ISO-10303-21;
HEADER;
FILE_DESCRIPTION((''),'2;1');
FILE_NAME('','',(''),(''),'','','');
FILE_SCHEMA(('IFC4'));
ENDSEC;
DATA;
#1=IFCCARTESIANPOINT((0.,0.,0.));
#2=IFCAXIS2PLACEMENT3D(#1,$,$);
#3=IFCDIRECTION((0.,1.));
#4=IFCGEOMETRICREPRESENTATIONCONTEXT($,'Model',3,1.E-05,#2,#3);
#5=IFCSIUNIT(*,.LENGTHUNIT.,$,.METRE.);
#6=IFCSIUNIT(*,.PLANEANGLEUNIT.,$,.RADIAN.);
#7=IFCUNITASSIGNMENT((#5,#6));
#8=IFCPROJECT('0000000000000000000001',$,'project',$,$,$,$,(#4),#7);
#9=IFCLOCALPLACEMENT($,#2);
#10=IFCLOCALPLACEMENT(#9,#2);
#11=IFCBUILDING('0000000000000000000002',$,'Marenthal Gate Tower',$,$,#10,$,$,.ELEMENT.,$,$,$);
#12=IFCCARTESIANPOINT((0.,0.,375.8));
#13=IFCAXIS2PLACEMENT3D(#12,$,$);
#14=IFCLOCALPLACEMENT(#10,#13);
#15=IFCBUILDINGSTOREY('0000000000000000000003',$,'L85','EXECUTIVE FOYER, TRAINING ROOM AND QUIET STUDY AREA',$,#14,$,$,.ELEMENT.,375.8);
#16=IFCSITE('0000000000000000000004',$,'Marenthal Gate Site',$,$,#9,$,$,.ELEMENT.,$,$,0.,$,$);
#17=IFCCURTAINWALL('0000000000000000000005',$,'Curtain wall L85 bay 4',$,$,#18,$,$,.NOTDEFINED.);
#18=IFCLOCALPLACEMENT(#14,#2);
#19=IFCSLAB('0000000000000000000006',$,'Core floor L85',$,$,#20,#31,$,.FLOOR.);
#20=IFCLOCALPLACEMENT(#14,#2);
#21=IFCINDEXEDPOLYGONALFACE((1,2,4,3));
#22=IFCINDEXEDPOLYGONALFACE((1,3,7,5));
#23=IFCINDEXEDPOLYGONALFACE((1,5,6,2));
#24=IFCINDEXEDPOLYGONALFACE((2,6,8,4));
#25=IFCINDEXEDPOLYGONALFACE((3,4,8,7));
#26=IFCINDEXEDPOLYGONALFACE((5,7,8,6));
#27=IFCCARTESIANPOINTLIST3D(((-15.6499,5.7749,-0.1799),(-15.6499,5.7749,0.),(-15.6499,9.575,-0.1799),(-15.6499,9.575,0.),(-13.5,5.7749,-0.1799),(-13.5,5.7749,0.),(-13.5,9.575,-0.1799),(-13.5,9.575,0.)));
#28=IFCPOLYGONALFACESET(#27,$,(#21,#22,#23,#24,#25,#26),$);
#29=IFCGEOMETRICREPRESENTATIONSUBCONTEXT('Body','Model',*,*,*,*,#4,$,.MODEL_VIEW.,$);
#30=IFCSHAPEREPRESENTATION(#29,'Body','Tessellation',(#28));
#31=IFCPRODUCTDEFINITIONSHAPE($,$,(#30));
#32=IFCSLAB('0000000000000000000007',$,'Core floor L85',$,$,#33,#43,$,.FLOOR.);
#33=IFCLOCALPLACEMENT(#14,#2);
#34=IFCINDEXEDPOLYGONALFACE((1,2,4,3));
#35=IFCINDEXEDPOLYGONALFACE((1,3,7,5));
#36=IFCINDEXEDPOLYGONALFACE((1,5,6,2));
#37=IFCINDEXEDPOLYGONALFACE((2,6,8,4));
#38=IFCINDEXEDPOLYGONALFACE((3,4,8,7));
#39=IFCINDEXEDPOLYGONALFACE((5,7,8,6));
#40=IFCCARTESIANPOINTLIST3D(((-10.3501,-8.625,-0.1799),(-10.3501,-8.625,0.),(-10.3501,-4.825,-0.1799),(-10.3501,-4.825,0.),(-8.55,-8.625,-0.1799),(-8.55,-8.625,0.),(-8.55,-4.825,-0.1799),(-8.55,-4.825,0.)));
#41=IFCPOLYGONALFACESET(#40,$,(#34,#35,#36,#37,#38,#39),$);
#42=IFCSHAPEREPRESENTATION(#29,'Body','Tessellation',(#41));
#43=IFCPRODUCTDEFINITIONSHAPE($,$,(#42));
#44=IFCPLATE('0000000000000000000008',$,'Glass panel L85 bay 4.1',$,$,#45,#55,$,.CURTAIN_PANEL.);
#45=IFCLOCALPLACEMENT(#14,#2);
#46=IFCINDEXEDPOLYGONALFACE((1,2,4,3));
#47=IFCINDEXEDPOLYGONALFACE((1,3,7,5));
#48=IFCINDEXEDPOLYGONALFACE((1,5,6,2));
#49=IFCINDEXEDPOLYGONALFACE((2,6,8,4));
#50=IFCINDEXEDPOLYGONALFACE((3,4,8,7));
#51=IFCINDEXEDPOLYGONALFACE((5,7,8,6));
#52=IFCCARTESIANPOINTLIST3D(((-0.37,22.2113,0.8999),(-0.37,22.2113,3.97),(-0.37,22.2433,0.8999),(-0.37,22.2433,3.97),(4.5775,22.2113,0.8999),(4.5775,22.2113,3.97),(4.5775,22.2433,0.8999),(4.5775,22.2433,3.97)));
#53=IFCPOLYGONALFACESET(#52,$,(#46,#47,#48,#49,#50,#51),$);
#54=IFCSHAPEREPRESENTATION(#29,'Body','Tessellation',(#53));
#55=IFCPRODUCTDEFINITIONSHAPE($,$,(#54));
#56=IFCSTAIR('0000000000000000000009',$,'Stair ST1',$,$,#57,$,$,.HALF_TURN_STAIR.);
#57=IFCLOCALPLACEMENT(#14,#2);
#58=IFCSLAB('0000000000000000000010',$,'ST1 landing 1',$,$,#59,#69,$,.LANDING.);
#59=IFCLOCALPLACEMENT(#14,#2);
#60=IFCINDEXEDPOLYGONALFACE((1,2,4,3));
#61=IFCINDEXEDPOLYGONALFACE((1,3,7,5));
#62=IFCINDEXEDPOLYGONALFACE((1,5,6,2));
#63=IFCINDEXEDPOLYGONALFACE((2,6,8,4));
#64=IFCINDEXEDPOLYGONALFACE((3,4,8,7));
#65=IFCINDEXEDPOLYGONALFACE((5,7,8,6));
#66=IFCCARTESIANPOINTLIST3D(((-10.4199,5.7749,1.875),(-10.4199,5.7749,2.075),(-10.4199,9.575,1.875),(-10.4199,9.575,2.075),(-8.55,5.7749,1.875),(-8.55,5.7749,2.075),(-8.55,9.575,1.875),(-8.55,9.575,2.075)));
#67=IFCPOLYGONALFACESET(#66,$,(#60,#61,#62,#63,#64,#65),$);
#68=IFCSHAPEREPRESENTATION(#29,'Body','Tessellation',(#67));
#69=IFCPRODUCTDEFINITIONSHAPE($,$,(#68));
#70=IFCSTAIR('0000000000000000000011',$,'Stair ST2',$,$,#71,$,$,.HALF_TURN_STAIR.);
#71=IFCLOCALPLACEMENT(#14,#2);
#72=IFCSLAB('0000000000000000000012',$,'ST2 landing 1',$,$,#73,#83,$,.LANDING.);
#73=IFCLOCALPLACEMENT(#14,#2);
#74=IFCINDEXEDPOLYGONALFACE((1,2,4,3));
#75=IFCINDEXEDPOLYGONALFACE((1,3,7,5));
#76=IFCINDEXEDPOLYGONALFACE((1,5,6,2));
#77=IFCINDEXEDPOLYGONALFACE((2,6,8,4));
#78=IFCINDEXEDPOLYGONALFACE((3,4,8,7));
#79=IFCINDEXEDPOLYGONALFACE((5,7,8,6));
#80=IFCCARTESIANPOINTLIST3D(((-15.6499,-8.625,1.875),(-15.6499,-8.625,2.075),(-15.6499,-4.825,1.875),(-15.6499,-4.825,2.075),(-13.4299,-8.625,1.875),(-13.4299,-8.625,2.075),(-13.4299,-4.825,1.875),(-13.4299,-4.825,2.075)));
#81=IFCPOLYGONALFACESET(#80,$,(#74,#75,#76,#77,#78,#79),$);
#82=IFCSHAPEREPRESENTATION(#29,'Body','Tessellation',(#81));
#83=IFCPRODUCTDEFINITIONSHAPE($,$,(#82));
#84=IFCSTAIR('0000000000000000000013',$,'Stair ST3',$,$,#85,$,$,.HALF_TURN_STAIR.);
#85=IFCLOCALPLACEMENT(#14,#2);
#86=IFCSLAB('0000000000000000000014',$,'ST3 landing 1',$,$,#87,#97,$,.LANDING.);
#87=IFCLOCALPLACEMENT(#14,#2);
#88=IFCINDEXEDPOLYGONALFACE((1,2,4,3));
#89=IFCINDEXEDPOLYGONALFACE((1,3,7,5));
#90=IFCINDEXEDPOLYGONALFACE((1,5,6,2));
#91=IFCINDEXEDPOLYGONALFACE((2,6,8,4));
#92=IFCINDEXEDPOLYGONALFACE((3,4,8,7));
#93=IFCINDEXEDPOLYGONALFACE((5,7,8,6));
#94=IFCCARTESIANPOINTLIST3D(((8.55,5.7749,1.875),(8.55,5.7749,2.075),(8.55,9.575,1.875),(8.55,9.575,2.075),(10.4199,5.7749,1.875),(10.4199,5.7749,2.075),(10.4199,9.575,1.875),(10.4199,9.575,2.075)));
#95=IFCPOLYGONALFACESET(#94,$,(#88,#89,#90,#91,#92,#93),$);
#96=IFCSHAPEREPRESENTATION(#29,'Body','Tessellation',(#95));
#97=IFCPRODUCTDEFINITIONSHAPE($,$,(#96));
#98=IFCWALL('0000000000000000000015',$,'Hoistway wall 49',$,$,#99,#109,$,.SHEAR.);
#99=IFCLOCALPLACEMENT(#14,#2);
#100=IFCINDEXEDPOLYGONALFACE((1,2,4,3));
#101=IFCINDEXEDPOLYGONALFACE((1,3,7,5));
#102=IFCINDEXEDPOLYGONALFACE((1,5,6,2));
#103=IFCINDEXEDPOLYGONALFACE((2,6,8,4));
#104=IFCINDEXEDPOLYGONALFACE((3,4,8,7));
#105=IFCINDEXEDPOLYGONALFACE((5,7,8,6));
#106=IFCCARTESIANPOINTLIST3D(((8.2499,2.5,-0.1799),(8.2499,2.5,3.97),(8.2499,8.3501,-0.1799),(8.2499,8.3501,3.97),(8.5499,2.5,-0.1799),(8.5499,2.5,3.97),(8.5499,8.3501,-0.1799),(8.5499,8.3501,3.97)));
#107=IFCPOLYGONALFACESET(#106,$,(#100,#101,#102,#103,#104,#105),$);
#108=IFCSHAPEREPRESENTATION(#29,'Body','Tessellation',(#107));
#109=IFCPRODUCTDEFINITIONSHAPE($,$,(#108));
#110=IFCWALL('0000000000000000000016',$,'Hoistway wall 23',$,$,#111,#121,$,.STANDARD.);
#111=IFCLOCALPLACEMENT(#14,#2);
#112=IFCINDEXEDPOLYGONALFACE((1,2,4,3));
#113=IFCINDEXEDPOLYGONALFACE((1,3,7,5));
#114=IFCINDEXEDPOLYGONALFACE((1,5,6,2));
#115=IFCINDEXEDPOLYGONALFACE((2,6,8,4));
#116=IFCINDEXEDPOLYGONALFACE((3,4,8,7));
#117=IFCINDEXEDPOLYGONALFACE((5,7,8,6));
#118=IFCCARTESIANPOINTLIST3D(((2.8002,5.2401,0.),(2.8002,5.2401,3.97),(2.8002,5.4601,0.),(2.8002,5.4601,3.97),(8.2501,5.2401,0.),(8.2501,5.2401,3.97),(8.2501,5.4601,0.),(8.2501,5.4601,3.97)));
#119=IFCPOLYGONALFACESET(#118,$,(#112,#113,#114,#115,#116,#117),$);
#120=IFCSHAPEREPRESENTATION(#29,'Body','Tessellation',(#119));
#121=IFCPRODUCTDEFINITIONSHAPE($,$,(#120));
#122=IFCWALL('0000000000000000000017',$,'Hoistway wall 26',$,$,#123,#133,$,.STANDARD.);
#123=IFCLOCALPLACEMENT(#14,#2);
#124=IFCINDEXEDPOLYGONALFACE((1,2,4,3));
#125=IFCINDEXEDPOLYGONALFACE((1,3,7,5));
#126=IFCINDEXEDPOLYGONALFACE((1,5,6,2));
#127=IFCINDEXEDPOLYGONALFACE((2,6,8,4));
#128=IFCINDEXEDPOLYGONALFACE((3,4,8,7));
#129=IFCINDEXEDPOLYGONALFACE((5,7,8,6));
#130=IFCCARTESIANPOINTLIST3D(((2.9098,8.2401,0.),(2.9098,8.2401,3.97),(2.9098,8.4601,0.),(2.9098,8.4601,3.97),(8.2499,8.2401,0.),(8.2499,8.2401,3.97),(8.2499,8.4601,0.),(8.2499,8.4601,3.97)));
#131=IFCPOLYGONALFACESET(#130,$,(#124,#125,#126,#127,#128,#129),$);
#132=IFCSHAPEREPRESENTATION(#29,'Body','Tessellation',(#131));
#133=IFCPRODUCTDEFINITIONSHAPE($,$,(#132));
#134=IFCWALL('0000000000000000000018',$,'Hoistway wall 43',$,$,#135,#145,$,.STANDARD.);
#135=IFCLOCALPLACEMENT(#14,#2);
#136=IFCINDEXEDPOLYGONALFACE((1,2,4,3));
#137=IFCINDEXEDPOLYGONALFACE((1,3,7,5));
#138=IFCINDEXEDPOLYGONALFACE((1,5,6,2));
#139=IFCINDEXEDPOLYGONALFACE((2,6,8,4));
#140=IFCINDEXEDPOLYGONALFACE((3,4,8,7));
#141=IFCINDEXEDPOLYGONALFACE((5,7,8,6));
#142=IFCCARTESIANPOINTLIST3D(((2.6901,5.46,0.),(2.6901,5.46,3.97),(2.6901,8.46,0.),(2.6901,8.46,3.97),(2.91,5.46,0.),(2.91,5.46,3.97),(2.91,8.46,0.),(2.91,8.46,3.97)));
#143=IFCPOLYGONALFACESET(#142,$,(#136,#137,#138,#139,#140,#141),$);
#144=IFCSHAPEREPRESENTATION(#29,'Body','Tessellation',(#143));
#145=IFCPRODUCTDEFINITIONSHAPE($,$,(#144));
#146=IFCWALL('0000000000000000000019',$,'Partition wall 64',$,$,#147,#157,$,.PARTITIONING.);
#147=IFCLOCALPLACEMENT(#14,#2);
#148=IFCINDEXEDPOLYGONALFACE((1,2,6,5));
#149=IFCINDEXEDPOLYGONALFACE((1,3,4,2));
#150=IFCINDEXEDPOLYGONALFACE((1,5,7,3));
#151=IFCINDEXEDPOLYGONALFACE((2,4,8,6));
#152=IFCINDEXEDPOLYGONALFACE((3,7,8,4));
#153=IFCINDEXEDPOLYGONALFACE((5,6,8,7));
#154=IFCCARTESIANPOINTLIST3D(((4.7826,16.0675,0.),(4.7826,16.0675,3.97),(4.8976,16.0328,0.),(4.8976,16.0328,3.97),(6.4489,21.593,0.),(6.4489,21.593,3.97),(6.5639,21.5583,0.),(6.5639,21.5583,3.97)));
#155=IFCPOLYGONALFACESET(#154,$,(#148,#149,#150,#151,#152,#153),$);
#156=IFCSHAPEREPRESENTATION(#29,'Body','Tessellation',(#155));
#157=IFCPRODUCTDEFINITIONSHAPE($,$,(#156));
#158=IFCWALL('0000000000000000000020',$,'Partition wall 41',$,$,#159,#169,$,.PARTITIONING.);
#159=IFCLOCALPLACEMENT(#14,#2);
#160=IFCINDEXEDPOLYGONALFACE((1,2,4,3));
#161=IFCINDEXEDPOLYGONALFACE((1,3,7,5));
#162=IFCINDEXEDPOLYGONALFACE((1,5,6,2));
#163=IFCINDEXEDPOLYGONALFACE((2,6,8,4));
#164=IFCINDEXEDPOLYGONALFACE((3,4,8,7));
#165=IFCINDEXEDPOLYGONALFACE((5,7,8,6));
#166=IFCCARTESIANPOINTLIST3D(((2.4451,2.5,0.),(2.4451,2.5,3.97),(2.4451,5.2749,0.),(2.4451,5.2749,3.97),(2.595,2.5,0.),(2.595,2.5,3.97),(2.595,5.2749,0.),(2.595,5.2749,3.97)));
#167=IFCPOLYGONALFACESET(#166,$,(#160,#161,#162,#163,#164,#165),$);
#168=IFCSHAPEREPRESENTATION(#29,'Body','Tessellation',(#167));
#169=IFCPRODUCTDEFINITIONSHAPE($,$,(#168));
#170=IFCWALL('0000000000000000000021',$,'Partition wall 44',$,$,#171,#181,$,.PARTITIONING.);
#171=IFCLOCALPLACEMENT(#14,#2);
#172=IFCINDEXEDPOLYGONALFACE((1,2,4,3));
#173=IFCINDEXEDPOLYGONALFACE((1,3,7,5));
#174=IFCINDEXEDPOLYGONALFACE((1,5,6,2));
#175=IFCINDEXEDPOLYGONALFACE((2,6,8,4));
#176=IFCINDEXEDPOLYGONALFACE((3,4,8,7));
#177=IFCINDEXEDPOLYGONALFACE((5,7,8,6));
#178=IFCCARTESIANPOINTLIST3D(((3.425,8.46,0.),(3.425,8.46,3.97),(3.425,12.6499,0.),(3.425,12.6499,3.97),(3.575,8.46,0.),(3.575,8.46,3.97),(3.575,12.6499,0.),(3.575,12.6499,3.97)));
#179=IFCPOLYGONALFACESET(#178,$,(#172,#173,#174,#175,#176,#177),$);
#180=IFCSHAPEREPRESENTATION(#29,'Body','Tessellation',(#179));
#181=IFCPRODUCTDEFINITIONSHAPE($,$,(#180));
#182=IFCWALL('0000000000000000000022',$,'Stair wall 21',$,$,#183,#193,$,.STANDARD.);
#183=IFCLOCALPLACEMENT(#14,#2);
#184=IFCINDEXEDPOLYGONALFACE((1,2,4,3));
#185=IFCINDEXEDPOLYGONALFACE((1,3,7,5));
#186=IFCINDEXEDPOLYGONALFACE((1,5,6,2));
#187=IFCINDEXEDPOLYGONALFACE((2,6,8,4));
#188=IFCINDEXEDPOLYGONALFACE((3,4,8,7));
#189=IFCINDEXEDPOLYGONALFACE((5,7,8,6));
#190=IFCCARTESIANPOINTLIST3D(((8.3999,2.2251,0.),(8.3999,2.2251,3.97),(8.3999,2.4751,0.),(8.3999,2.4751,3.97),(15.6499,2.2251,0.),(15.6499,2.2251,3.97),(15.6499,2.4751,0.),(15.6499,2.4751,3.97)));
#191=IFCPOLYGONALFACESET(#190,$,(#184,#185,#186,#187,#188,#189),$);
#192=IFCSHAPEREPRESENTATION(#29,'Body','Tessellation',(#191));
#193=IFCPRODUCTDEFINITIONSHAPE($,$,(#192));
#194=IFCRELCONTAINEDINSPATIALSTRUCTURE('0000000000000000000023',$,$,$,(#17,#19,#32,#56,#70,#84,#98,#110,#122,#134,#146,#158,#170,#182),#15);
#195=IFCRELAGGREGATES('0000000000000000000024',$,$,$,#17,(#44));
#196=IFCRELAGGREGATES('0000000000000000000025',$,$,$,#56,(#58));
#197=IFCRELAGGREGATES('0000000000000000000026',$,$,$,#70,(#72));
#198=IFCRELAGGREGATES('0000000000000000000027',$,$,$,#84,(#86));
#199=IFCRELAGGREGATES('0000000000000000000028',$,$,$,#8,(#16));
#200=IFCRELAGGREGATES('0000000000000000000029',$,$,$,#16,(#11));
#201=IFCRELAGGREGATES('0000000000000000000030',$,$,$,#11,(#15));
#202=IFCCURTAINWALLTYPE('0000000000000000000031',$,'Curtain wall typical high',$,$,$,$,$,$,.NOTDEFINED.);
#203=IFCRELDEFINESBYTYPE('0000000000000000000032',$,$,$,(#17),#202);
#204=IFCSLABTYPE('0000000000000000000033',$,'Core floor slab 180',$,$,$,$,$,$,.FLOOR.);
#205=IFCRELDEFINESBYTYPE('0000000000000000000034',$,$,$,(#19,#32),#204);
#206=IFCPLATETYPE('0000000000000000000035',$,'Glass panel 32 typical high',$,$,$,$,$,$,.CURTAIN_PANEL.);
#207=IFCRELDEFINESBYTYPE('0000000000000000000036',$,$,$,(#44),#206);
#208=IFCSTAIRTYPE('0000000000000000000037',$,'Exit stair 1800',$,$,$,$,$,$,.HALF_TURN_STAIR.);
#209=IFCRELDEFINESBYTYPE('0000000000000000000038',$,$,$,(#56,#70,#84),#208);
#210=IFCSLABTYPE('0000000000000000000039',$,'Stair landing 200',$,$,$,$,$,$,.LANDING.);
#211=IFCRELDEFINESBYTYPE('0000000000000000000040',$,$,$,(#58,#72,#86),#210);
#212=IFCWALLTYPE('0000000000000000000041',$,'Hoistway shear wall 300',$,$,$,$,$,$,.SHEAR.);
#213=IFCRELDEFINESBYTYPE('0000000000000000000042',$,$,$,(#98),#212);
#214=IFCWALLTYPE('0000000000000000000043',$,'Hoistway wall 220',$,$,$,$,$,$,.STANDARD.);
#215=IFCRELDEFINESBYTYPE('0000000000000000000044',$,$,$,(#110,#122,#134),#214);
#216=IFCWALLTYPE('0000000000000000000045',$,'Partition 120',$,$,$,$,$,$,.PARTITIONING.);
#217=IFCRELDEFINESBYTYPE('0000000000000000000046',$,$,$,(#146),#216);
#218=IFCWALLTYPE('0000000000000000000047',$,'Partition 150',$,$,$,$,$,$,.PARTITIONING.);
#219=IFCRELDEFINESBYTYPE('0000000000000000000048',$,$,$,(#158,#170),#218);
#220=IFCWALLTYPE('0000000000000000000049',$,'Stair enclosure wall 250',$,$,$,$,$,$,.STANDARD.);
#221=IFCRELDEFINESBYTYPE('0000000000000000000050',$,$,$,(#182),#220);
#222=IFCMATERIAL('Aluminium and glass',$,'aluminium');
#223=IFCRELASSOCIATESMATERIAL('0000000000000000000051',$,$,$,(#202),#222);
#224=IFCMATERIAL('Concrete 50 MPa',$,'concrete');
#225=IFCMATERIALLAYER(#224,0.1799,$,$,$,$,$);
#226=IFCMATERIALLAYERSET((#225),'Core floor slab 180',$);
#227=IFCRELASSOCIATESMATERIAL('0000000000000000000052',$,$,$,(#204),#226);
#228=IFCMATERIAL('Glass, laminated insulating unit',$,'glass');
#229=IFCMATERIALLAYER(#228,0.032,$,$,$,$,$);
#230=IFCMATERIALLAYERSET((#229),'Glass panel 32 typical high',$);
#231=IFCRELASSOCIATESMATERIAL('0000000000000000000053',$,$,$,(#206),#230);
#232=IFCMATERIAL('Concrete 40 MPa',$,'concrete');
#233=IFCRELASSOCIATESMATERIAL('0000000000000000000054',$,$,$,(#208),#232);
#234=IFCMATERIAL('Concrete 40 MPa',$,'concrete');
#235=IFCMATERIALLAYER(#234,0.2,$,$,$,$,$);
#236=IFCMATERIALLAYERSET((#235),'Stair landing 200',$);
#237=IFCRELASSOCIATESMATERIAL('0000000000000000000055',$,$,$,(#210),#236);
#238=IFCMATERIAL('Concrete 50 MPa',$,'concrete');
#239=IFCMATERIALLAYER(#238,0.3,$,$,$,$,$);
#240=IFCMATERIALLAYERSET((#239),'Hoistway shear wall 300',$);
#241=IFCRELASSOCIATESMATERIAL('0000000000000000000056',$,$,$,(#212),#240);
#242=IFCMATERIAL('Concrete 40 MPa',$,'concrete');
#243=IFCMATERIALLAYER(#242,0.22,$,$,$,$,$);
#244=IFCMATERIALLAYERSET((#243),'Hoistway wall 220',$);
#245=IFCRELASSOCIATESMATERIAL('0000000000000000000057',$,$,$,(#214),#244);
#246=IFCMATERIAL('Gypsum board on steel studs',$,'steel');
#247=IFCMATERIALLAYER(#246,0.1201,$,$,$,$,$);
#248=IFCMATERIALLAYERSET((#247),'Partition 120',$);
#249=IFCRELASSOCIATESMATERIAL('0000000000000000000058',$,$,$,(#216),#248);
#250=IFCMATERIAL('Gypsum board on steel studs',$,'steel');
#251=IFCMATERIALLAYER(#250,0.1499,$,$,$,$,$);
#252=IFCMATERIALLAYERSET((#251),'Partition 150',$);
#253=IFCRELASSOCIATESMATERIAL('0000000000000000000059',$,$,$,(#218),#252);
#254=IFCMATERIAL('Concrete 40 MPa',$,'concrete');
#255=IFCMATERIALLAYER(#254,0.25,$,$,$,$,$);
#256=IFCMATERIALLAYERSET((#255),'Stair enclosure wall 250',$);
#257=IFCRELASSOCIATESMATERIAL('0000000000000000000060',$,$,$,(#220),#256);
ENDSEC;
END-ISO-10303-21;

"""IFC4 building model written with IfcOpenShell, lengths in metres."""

from ifc_helpers import new_model, si_unit, direction, frame, frame_2d, origin, origin_2d, place, context, subcontext, project, spatial, polyline, rectangle, outline, extrude, material, layer, layer_set, type_object, element, aggregate, save


model = new_model("IFC4")

# Units and contexts
model_context = context("Model", 3, precision=1e-05, world=origin(), true_north=direction((0.0, 1.0)))
body_context = subcontext(model_context, "Body", "Model", "MODEL_VIEW")
ifc_project = project(units=[si_unit("LENGTHUNIT", "METRE"), si_unit("PLANEANGLEUNIT", "RADIAN")], contexts=[model_context])

# Site, building, storey
site_placement = place(None, origin())
site = spatial("IfcSite", under=ifc_project, at=site_placement, Name="Marenthal Gate Site", CompositionType="ELEMENT", RefElevation=0.0)
building_placement = place(site_placement, origin())
building = spatial("IfcBuilding", under=site, at=building_placement, Name="Marenthal Gate Tower", CompositionType="ELEMENT")
storey_placement = place(building_placement, frame((0.0, 0.0, 375.8)))
storey = spatial("IfcBuildingStorey", under=building, at=storey_placement, Name="L85", Description="EXECUTIVE FOYER, TRAINING ROOM AND QUIET STUDY AREA", CompositionType="ELEMENT", Elevation=375.8)

# Curtain wall
ifc_material_1 = material(Name="Aluminium and glass", Category="aluminium")
curtain_wall_type = type_object("IfcCurtainWallType", Name="Curtain wall typical high", PredefinedType="NOTDEFINED", material=ifc_material_1)
curtain_wall_placement = place(storey_placement, origin())
curtain_wall = element("IfcCurtainWall", 1, at=curtain_wall_placement, inside=storey, type_object=curtain_wall_type, Name="Curtain wall L85 bay 4", PredefinedType="NOTDEFINED")

# Slabs
ifc_material_2 = material(Name="Concrete 50 MPa", Category="concrete")
ifc_layer_1 = layer(ifc_material_2, 0.1799)
ifc_layer_set_1 = layer_set([ifc_layer_1], Name="Core floor slab 180")
slab_type_1 = type_object("IfcSlabType", Name="Core floor slab 180", PredefinedType="FLOOR", material=ifc_layer_set_1)
slab_1_placement = place(storey_placement, frame((0.0, 0.0, -0.1799)))
element("IfcSlab", 2, at=slab_1_placement, inside=storey, type_object=slab_type_1, Name="Core floor L85", PredefinedType="FLOOR", context=body_context, shape_type="SweptSolid", body=[
    extrude(outline(polyline([(-15.6499, 9.575), (-13.5, 9.575), (-13.5, 5.7749), (-15.6499, 5.7749), (-15.6499, 9.575)])), origin(), (0.0, 0.0, 1.0), 0.1799),
])
slab_2_placement = place(storey_placement, frame((0.0, 0.0, -0.1799)))
element("IfcSlab", 3, at=slab_2_placement, inside=storey, type_object=slab_type_1, Name="Core floor L85", PredefinedType="FLOOR", context=body_context, shape_type="SweptSolid", body=[
    extrude(outline(polyline([(-8.55, -4.825), (-8.55, -8.625), (-10.3501, -8.625), (-10.3501, -4.825), (-8.55, -4.825)])), origin(), (0.0, 0.0, 1.0), 0.1799),
])

# Plate
ifc_material_3 = material(Name="Glass, laminated insulating unit", Category="glass")
ifc_layer_2 = layer(ifc_material_3, 0.032)
ifc_layer_set_2 = layer_set([ifc_layer_2], Name="Glass panel 32 typical high")
plate_type = type_object("IfcPlateType", Name="Glass panel 32 typical high", PredefinedType="CURTAIN_PANEL", material=ifc_layer_set_2)
plate_placement = place(storey_placement, frame((2.1038, 22.2273, 0.8999), z_axis=(0.0, 0.0, 1.0), x_axis=(-1.0, 0.0, 0.0)))
plate = element("IfcPlate", 4, at=plate_placement, type_object=plate_type, Name="Glass panel L85 bay 4.1", PredefinedType="CURTAIN_PANEL", context=body_context, shape_type="SweptSolid", body=[
    extrude(rectangle(XDim=4.9475, YDim=0.032, at=origin_2d()), origin(), (0.0, 0.0, 1.0), 3.0701),
])
aggregate(curtain_wall, [plate])

# Stairs, slabs
ifc_material_4 = material(Name="Concrete 40 MPa", Category="concrete")
stair_type = type_object("IfcStairType", Name="Exit stair 1800", PredefinedType="HALF_TURN_STAIR", material=ifc_material_4)
stair_1_placement = place(storey_placement, origin())
stair_1 = element("IfcStair", 5, at=stair_1_placement, inside=storey, type_object=stair_type, Name="Stair ST1", PredefinedType="HALF_TURN_STAIR")
ifc_material_5 = material(Name="Concrete 40 MPa", Category="concrete")
ifc_layer_3 = layer(ifc_material_5, 0.2)
ifc_layer_set_3 = layer_set([ifc_layer_3], Name="Stair landing 200")
slab_type_2 = type_object("IfcSlabType", Name="Stair landing 200", PredefinedType="LANDING", material=ifc_layer_set_3)
slab_3_placement = place(storey_placement, frame((0.0, 0.0, 1.875)))
slab_3 = element("IfcSlab", 6, at=slab_3_placement, type_object=slab_type_2, Name="ST1 landing 1", PredefinedType="LANDING", context=body_context, shape_type="SweptSolid", body=[
    extrude(outline(polyline([(-10.4199, 5.7749), (-8.55, 5.7749), (-8.55, 9.575), (-10.4199, 9.575), (-10.4199, 5.7749)])), origin(), (0.0, 0.0, 1.0), 0.2),
])
aggregate(stair_1, [slab_3])
stair_2_placement = place(storey_placement, origin())
stair_2 = element("IfcStair", 7, at=stair_2_placement, inside=storey, type_object=stair_type, Name="Stair ST2", PredefinedType="HALF_TURN_STAIR")
slab_4_placement = place(storey_placement, frame((0.0, 0.0, 1.875)))
slab_4 = element("IfcSlab", 8, at=slab_4_placement, type_object=slab_type_2, Name="ST2 landing 1", PredefinedType="LANDING", context=body_context, shape_type="SweptSolid", body=[
    extrude(outline(polyline([(-15.6499, -8.625), (-13.4299, -8.625), (-13.4299, -4.825), (-15.6499, -4.825), (-15.6499, -8.625)])), origin(), (0.0, 0.0, 1.0), 0.2),
])
aggregate(stair_2, [slab_4])
stair_3_placement = place(storey_placement, origin())
stair_3 = element("IfcStair", 9, at=stair_3_placement, inside=storey, type_object=stair_type, Name="Stair ST3", PredefinedType="HALF_TURN_STAIR")
slab_5_placement = place(storey_placement, frame((0.0, 0.0, 1.875)))
slab_5 = element("IfcSlab", 10, at=slab_5_placement, type_object=slab_type_2, Name="ST3 landing 1", PredefinedType="LANDING", context=body_context, shape_type="SweptSolid", body=[
    extrude(outline(polyline([(8.55, 5.7749), (10.4199, 5.7749), (10.4199, 9.575), (8.55, 9.575), (8.55, 5.7749)])), origin(), (0.0, 0.0, 1.0), 0.2),
])

# Walls
ifc_material_6 = material(Name="Concrete 50 MPa", Category="concrete")
ifc_layer_4 = layer(ifc_material_6, 0.3)
ifc_layer_set_4 = layer_set([ifc_layer_4], Name="Hoistway shear wall 300")
wall_type_1 = type_object("IfcWallType", Name="Hoistway shear wall 300", PredefinedType="SHEAR", material=ifc_layer_set_4)
wall_1_placement = place(storey_placement, frame((8.3999, 2.5, -0.1799), z_axis=(0.0, 0.0, 1.0), x_axis=(0.0, 1.0, 0.0)))
element("IfcWall", 11, at=wall_1_placement, inside=storey, type_object=wall_type_1, Name="Hoistway wall 49", PredefinedType="SHEAR", context=body_context, shape_type="SweptSolid", body=[
    extrude(rectangle(XDim=5.8501, YDim=0.3, at=frame_2d((2.925, 0.0))), origin(), (0.0, 0.0, 1.0), 4.1499),
])
ifc_material_7 = material(Name="Concrete 40 MPa", Category="concrete")
ifc_layer_5 = layer(ifc_material_7, 0.22)
ifc_layer_set_5 = layer_set([ifc_layer_5], Name="Hoistway wall 220")
wall_type_2 = type_object("IfcWallType", Name="Hoistway wall 220", PredefinedType="STANDARD", material=ifc_layer_set_5)
wall_2_placement = place(storey_placement, frame((2.8, 5.3501, 0.0), z_axis=(0.0, 0.0, 1.0), x_axis=(1.0, 0.0, 0.0)))
element("IfcWall", 12, at=wall_2_placement, inside=storey, type_object=wall_type_2, Name="Hoistway wall 23", PredefinedType="STANDARD", context=body_context, shape_type="SweptSolid", body=[
    extrude(rectangle(XDim=5.45, YDim=0.22, at=frame_2d((2.7251, 0.0))), origin(), (0.0, 0.0, 1.0), 3.97),
])
wall_3_placement = place(storey_placement, frame((2.9099, 8.3501, 0.0), z_axis=(0.0, 0.0, 1.0), x_axis=(1.0, 0.0, 0.0)))
element("IfcWall", 13, at=wall_3_placement, inside=storey, type_object=wall_type_2, Name="Hoistway wall 26", PredefinedType="STANDARD", context=body_context, shape_type="SweptSolid", body=[
    extrude(rectangle(XDim=5.3401, YDim=0.22, at=frame_2d((2.6699, 0.0))), origin(), (0.0, 0.0, 1.0), 3.97),
])
wall_4_placement = place(storey_placement, frame((2.8, 5.46, 0.0), z_axis=(0.0, 0.0, 1.0), x_axis=(0.0, 1.0, 0.0)))
element("IfcWall", 14, at=wall_4_placement, inside=storey, type_object=wall_type_2, Name="Hoistway wall 43", PredefinedType="STANDARD", context=body_context, shape_type="SweptSolid", body=[
    extrude(rectangle(XDim=3.0, YDim=0.22, at=frame_2d((1.5, 0.0))), origin(), (0.0, 0.0, 1.0), 3.97),
])
ifc_material_8 = material(Name="Gypsum board on steel studs", Category="steel")
ifc_layer_6 = layer(ifc_material_8, 0.1201)
ifc_layer_set_6 = layer_set([ifc_layer_6], Name="Partition 120")
wall_type_3 = type_object("IfcWallType", Name="Partition 120", PredefinedType="PARTITIONING", material=ifc_layer_set_6)
wall_5_placement = place(storey_placement, frame((4.8401, 16.05, 0.0), z_axis=(0.0, 0.0, 1.0), x_axis=(0.288721, 0.957413, 0.0)))
element("IfcWall", 15, at=wall_5_placement, inside=storey, type_object=wall_type_3, Name="Partition wall 64", PredefinedType="PARTITIONING", context=body_context, shape_type="SweptSolid", body=[
    extrude(rectangle(XDim=5.7712, YDim=0.1201, at=frame_2d((2.8857, 0.0))), origin(), (0.0, 0.0, 1.0), 3.97),
])
ifc_material_9 = material(Name="Gypsum board on steel studs", Category="steel")
ifc_layer_7 = layer(ifc_material_9, 0.1499)
ifc_layer_set_7 = layer_set([ifc_layer_7], Name="Partition 150")
wall_type_4 = type_object("IfcWallType", Name="Partition 150", PredefinedType="PARTITIONING", material=ifc_layer_set_7)
wall_6_placement = place(storey_placement, frame((2.52, 2.5, 0.0), z_axis=(0.0, 0.0, 1.0), x_axis=(0.0, 1.0, 0.0)))
element("IfcWall", 16, at=wall_6_placement, inside=storey, type_object=wall_type_4, Name="Partition wall 41", PredefinedType="PARTITIONING", context=body_context, shape_type="SweptSolid", body=[
    extrude(rectangle(XDim=2.7749, YDim=0.1499, at=frame_2d((1.3875, 0.0))), origin(), (0.0, 0.0, 1.0), 3.97),
])
wall_7_placement = place(storey_placement, frame((3.5, 8.46, 0.0), z_axis=(0.0, 0.0, 1.0), x_axis=(0.0, 1.0, 0.0)))
element("IfcWall", 17, at=wall_7_placement, inside=storey, type_object=wall_type_4, Name="Partition wall 44", PredefinedType="PARTITIONING", context=body_context, shape_type="SweptSolid", body=[
    extrude(rectangle(XDim=4.1899, YDim=0.1499, at=frame_2d((2.095, 0.0))), origin(), (0.0, 0.0, 1.0), 3.97),
])
ifc_material_10 = material(Name="Concrete 40 MPa", Category="concrete")
ifc_layer_8 = layer(ifc_material_10, 0.25)
ifc_layer_set_8 = layer_set([ifc_layer_8], Name="Stair enclosure wall 250")
wall_type_5 = type_object("IfcWallType", Name="Stair enclosure wall 250", PredefinedType="STANDARD", material=ifc_layer_set_8)
wall_8_placement = place(storey_placement, frame((8.3999, 2.3501, 0.0), z_axis=(0.0, 0.0, 1.0), x_axis=(1.0, 0.0, 0.0)))
element("IfcWall", 18, at=wall_8_placement, inside=storey, type_object=wall_type_5, Name="Stair wall 21", PredefinedType="STANDARD", context=body_context, shape_type="SweptSolid", body=[
    extrude(rectangle(XDim=7.25, YDim=0.25, at=frame_2d((3.625, 0.0))), origin(), (0.0, 0.0, 1.0), 3.97),
])

aggregate(stair_3, [slab_5])

save(model, "model.ifc")
